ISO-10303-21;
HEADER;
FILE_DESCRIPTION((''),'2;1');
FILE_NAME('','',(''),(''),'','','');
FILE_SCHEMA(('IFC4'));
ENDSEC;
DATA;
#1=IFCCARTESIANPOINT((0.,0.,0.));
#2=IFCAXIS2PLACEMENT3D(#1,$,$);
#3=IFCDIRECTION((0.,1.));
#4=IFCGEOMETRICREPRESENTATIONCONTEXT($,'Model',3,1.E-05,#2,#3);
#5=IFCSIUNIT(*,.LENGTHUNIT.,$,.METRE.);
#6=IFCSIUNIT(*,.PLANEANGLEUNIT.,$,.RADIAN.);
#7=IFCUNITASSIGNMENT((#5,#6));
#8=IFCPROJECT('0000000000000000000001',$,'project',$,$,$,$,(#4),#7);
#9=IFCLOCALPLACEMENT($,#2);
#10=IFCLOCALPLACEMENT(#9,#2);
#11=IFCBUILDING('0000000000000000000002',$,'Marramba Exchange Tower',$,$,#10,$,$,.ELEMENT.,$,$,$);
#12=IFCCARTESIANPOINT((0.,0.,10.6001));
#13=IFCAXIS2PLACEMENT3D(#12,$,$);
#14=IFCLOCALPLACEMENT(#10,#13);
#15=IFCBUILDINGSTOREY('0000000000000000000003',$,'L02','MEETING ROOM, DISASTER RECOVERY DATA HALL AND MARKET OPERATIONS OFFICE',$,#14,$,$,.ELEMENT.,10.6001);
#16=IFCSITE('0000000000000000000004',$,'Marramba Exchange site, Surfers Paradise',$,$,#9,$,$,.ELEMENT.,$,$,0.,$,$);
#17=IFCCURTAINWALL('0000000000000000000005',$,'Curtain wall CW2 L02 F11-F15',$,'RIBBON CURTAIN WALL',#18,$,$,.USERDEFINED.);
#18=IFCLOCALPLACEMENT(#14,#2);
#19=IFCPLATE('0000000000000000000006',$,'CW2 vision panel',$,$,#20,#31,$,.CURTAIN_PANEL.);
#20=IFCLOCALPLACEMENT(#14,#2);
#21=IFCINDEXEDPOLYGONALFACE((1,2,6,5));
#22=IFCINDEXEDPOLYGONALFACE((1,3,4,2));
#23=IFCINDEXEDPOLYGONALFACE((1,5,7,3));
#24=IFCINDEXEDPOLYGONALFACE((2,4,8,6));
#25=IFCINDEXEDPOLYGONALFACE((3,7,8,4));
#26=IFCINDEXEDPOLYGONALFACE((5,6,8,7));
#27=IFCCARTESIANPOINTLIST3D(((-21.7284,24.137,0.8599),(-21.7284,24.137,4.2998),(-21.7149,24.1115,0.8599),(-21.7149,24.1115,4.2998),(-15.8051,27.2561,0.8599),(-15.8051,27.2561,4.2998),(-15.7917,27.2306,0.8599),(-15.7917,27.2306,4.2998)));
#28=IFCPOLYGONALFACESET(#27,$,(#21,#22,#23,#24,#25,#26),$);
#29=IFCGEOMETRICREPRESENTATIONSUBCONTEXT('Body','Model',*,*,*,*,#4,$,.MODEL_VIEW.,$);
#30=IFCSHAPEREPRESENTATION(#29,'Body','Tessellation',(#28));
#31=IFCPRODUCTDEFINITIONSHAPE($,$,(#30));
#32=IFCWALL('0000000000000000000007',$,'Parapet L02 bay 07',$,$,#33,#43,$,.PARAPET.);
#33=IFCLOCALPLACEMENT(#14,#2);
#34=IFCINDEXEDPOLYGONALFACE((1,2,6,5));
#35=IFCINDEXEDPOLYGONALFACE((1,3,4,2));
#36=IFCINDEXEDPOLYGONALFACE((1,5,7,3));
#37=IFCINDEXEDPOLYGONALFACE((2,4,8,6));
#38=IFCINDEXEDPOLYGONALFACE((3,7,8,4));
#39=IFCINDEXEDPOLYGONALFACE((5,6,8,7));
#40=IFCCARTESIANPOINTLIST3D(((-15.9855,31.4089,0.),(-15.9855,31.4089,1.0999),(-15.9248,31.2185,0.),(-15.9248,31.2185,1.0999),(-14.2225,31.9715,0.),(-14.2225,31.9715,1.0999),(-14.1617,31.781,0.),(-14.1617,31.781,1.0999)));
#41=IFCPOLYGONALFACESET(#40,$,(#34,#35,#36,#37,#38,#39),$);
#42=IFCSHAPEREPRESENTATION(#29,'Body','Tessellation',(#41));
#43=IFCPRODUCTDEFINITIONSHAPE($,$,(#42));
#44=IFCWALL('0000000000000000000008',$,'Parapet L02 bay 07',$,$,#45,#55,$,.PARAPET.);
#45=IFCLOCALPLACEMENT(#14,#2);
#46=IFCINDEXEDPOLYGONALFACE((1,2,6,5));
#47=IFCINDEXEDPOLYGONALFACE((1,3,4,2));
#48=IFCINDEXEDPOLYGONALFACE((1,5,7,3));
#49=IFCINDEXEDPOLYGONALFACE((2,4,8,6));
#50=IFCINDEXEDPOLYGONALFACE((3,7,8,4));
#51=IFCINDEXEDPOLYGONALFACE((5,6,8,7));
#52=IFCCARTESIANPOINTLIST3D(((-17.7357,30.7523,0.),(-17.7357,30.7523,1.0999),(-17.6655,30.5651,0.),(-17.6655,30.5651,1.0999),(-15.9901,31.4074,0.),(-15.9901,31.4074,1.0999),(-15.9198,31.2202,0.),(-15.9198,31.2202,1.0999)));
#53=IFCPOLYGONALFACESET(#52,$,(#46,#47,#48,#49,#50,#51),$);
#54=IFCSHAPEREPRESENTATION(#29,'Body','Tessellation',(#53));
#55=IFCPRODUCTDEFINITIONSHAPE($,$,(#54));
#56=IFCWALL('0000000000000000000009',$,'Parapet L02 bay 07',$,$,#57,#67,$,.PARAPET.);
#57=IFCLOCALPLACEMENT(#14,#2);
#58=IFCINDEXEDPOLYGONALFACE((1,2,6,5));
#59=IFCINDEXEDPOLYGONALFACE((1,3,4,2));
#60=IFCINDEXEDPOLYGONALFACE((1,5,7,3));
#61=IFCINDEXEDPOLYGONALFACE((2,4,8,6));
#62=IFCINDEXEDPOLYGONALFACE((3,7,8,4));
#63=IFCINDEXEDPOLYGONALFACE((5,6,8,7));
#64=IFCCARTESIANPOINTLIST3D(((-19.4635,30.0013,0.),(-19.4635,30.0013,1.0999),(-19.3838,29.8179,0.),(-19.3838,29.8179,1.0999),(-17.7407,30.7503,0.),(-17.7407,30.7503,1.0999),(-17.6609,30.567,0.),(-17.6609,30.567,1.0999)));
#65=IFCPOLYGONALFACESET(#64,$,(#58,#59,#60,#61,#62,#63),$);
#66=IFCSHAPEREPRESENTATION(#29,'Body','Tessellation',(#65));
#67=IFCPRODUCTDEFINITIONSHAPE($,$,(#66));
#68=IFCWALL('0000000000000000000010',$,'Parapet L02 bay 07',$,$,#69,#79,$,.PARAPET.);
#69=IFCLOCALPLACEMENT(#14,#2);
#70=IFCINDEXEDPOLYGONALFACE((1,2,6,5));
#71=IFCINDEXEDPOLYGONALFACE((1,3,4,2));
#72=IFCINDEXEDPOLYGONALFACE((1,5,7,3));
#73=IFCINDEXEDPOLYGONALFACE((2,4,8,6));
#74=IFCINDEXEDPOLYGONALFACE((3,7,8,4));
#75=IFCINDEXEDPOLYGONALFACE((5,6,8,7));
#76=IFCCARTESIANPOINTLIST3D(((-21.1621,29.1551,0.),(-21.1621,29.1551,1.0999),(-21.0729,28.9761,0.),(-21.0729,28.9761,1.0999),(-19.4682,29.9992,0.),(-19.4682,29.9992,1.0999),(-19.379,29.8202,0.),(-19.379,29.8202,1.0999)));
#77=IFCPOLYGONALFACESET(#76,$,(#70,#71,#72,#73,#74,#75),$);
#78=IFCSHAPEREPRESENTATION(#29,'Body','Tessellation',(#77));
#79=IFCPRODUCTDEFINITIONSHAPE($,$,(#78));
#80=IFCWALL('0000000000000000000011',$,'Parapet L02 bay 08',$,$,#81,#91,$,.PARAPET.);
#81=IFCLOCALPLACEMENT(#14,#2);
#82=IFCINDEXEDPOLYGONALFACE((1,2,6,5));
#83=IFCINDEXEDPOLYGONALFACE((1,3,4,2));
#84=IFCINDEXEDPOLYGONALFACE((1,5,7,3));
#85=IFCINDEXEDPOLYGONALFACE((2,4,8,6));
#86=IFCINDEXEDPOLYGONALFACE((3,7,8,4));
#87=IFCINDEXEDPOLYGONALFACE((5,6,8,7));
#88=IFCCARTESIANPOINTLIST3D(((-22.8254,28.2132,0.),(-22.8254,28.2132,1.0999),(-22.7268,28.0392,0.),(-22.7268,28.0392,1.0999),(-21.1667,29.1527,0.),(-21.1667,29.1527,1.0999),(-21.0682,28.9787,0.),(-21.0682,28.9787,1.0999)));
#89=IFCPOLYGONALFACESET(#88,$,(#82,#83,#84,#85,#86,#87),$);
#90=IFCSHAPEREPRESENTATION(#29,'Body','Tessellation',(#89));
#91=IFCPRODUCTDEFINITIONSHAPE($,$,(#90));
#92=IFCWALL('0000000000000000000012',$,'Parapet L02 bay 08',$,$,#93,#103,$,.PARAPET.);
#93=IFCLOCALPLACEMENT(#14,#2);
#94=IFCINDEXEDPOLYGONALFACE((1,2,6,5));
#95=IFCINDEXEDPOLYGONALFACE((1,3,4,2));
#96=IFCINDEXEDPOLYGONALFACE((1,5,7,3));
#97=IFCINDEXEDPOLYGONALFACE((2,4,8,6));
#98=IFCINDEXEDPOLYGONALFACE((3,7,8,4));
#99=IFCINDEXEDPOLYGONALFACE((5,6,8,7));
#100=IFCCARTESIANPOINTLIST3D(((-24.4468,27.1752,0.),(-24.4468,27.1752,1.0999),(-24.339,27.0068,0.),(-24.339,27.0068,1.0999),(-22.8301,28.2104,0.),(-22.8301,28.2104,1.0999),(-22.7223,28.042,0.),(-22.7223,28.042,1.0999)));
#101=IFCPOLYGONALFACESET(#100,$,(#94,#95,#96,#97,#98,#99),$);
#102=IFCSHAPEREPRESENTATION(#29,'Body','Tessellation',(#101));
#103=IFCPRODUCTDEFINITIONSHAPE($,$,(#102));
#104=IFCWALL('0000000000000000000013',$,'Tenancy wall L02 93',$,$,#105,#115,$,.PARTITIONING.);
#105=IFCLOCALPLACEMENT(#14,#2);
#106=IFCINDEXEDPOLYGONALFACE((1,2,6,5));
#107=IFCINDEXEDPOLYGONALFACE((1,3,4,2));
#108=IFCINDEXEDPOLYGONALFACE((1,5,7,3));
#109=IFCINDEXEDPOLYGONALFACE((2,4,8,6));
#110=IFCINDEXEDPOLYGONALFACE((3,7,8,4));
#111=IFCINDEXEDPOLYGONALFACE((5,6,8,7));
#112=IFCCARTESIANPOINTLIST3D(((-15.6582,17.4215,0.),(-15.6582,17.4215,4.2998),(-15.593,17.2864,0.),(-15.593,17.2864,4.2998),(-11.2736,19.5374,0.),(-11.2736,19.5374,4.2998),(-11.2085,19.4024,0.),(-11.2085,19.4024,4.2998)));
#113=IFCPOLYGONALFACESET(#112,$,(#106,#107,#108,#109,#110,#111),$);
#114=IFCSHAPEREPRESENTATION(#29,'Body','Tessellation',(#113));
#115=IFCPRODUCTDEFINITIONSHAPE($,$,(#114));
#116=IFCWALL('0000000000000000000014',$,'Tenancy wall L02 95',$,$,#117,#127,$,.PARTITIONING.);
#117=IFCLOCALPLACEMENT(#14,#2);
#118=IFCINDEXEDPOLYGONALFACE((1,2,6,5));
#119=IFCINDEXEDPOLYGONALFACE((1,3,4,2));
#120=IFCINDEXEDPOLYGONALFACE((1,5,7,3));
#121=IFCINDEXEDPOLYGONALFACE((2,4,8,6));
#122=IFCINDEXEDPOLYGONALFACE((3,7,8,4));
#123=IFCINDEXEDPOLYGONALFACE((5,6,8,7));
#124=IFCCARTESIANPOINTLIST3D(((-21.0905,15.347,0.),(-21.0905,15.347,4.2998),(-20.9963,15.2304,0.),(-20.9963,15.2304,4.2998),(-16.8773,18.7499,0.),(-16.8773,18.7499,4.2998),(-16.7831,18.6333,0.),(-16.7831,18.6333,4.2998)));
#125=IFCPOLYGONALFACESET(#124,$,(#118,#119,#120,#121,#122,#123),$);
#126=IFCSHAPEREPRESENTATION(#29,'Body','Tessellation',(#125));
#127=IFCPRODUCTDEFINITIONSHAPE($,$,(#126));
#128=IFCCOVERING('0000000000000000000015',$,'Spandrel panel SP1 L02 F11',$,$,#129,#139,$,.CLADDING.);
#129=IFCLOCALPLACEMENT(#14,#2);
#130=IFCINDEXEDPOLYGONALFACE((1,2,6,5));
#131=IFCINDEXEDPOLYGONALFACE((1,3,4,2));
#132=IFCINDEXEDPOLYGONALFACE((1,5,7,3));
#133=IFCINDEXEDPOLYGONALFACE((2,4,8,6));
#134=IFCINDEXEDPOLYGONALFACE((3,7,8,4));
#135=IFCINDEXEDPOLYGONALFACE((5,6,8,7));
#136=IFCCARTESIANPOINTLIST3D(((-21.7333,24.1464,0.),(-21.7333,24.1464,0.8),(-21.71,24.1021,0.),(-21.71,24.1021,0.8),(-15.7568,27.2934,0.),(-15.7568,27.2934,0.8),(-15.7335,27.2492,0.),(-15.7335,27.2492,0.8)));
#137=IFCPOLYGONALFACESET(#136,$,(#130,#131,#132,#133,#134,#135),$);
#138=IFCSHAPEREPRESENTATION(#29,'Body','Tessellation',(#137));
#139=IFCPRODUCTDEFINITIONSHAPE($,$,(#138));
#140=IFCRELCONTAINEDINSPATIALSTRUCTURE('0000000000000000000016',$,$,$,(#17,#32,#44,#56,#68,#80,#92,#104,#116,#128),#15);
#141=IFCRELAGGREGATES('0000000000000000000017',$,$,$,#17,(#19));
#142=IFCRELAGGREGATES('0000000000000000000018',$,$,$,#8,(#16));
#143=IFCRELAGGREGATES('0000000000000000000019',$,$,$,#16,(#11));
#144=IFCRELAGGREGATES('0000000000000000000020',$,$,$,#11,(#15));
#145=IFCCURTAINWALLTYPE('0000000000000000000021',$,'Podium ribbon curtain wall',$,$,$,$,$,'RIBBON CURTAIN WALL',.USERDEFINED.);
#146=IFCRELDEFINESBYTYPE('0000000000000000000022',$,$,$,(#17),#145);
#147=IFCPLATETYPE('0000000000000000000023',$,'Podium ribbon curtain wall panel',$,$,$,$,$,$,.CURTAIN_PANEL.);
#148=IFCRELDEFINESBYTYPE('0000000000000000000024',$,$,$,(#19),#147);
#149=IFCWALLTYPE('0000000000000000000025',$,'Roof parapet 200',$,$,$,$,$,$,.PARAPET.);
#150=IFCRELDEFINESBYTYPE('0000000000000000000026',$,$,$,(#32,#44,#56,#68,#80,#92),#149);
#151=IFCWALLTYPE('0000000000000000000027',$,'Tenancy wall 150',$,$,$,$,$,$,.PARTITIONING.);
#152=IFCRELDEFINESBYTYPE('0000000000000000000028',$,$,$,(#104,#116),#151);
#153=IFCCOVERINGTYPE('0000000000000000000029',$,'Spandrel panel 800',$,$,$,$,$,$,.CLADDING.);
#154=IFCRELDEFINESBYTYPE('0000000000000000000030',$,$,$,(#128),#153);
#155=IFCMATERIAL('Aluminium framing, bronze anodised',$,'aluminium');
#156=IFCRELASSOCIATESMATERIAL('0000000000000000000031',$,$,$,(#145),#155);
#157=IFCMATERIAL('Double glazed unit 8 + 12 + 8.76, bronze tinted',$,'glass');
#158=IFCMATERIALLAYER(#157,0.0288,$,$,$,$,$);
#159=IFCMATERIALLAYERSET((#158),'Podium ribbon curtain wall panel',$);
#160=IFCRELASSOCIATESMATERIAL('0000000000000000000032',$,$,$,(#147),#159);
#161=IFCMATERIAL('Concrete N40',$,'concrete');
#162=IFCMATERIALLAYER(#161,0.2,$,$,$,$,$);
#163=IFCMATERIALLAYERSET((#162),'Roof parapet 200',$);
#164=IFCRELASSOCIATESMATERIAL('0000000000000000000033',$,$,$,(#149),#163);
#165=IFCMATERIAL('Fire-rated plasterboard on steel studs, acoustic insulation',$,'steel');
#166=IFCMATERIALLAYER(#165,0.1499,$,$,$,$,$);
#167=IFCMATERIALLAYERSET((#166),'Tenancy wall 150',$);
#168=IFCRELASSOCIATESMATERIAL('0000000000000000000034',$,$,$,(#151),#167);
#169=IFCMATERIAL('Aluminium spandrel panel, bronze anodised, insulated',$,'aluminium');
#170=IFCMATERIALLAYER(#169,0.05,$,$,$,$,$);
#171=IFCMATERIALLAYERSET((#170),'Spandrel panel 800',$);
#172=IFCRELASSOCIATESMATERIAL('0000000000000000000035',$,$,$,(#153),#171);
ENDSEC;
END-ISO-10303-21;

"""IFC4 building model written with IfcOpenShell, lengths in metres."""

from ifc_helpers import new_model, si_unit, direction, frame, frame_2d, origin, origin_2d, place, context, subcontext, project, spatial, rectangle, extrude, material, layer, layer_set, type_object, element, aggregate, save


model = new_model("IFC4")

# Units and contexts
model_context = context("Model", 3, precision=1e-05, world=origin(), true_north=direction((0.0, 1.0)))
body_context = subcontext(model_context, "Body", "Model", "MODEL_VIEW")
ifc_project = project(units=[si_unit("LENGTHUNIT", "METRE"), si_unit("PLANEANGLEUNIT", "RADIAN")], contexts=[model_context])

# Site, building, storey
site_placement = place(None, origin())
site = spatial("IfcSite", under=ifc_project, at=site_placement, Name="Marramba Exchange site, Surfers Paradise", CompositionType="ELEMENT", RefElevation=0.0)
building_placement = place(site_placement, origin())
building = spatial("IfcBuilding", under=site, at=building_placement, Name="Marramba Exchange Tower", CompositionType="ELEMENT")
storey_placement = place(building_placement, frame((0.0, 0.0, 10.6001)))
storey = spatial("IfcBuildingStorey", under=building, at=storey_placement, Name="L02", Description="MEETING ROOM, DISASTER RECOVERY DATA HALL AND MARKET OPERATIONS OFFICE", CompositionType="ELEMENT", Elevation=10.6001)

# Curtain wall
ifc_material_1 = material(Name="Aluminium framing, bronze anodised", Category="aluminium")
curtain_wall_type = type_object("IfcCurtainWallType", Name="Podium ribbon curtain wall", ElementType="RIBBON CURTAIN WALL", PredefinedType="USERDEFINED", material=ifc_material_1)
curtain_wall_placement = place(storey_placement, origin())
curtain_wall = element("IfcCurtainWall", 1, at=curtain_wall_placement, inside=storey, type_object=curtain_wall_type, Name="Curtain wall CW2 L02 F11-F15", ObjectType="RIBBON CURTAIN WALL", PredefinedType="USERDEFINED")

# Plate
ifc_material_2 = material(Name="Double glazed unit 8 + 12 + 8.76, bronze tinted", Category="glass")
ifc_layer_1 = layer(ifc_material_2, 0.0288)
ifc_layer_set_1 = layer_set([ifc_layer_1], Name="Podium ribbon curtain wall panel")
plate_type = type_object("IfcPlateType", Name="Podium ribbon curtain wall panel", PredefinedType="CURTAIN_PANEL", material=ifc_layer_set_1)
plate_placement = place(storey_placement, frame((-18.76, 25.6838, 0.8599), z_axis=(0.0, 0.0, 1.0), x_axis=(-0.884821, -0.46593, 0.0)))
plate = element("IfcPlate", 2, at=plate_placement, type_object=plate_type, Name="CW2 vision panel", PredefinedType="CURTAIN_PANEL", context=body_context, shape_type="SweptSolid", body=[
    extrude(rectangle(XDim=6.6943, YDim=0.0288, at=origin_2d()), origin(), (0.0, 0.0, 1.0), 3.4399),
])
aggregate(curtain_wall, [plate])

# Walls
ifc_material_3 = material(Name="Concrete N40", Category="concrete")
ifc_layer_2 = layer(ifc_material_3, 0.2)
ifc_layer_set_2 = layer_set([ifc_layer_2], Name="Roof parapet 200")
wall_type_1 = type_object("IfcWallType", Name="Roof parapet 200", PredefinedType="PARAPET", material=ifc_layer_set_2)
wall_1_placement = place(storey_placement, frame((-14.1921, 31.8762, 0.0), z_axis=(0.0, 0.0, 1.0), x_axis=(-0.952681, -0.303971, 0.0)))
element("IfcWall", 3, at=wall_1_placement, inside=storey, type_object=wall_type_1, Name="Parapet L02 bay 07", PredefinedType="PARAPET", context=body_context, shape_type="SweptSolid", body=[
    extrude(rectangle(XDim=1.8506, YDim=0.2, at=frame_2d((0.9253, 0.0))), origin(), (0.0, 0.0, 1.0), 1.0999),
])
wall_2_placement = place(storey_placement, frame((-15.9551, 31.3137, 0.0), z_axis=(0.0, 0.0, 1.0), x_axis=(-0.936254, -0.351324, 0.0)))
element("IfcWall", 4, at=wall_2_placement, inside=storey, type_object=wall_type_1, Name="Parapet L02 bay 07", PredefinedType="PARAPET", context=body_context, shape_type="SweptSolid", body=[
    extrude(rectangle(XDim=1.8645, YDim=0.2, at=frame_2d((0.9321, 0.0))), origin(), (0.0, 0.0, 1.0), 1.0999),
])
wall_3_placement = place(storey_placement, frame((-17.7007, 30.6587, 0.0), z_axis=(0.0, 0.0, 1.0), x_axis=(-0.917082, -0.398698, 0.0)))
element("IfcWall", 5, at=wall_3_placement, inside=storey, type_object=wall_type_1, Name="Parapet L02 bay 07", PredefinedType="PARAPET", context=body_context, shape_type="SweptSolid", body=[
    extrude(rectangle(XDim=1.8787, YDim=0.2, at=frame_2d((0.9395, 0.0))), origin(), (0.0, 0.0, 1.0), 1.0999),
])
wall_4_placement = place(storey_placement, frame((-19.4236, 29.9097, 0.0), z_axis=(0.0, 0.0, 1.0), x_axis=(-0.895046, -0.445975, 0.0)))
element("IfcWall", 6, at=wall_4_placement, inside=storey, type_object=wall_type_1, Name="Parapet L02 bay 07", PredefinedType="PARAPET", context=body_context, shape_type="SweptSolid", body=[
    extrude(rectangle(XDim=1.8926, YDim=0.2, at=frame_2d((0.9463, 0.0))), origin(), (0.0, 0.0, 1.0), 1.0999),
])
wall_5_placement = place(storey_placement, frame((-21.1174, 29.0657, 0.0), z_axis=(0.0, 0.0, 1.0), x_axis=(-0.870128, -0.492825, 0.0)))
element("IfcWall", 7, at=wall_5_placement, inside=storey, type_object=wall_type_1, Name="Parapet L02 bay 08", PredefinedType="PARAPET", context=body_context, shape_type="SweptSolid", body=[
    extrude(rectangle(XDim=1.9062, YDim=0.2, at=frame_2d((0.9531, 0.0))), origin(), (0.0, 0.0, 1.0), 1.0999),
])
wall_6_placement = place(storey_placement, frame((-22.7761, 28.1262, 0.0), z_axis=(0.0, 0.0, 1.0), x_axis=(-0.842161, -0.539227, 0.0)))
element("IfcWall", 8, at=wall_6_placement, inside=storey, type_object=wall_type_1, Name="Parapet L02 bay 08", PredefinedType="PARAPET", context=body_context, shape_type="SweptSolid", body=[
    extrude(rectangle(XDim=1.9197, YDim=0.2, at=frame_2d((0.96, 0.0))), origin(), (0.0, 0.0, 1.0), 1.0999),
])
ifc_material_4 = material(Name="Fire-rated plasterboard on steel studs, acoustic insulation", Category="steel")
ifc_layer_3 = layer(ifc_material_4, 0.1499)
ifc_layer_set_3 = layer_set([ifc_layer_3], Name="Tenancy wall 150")
wall_type_2 = type_object("IfcWallType", Name="Tenancy wall 150", PredefinedType="PARTITIONING", material=ifc_layer_set_3)
wall_7_placement = place(storey_placement, frame((-15.6255, 17.354, 0.0), z_axis=(0.0, 0.0, 1.0), x_axis=(0.900608, 0.434633, 0.0)))
element("IfcWall", 9, at=wall_7_placement, inside=storey, type_object=wall_type_2, Name="Tenancy wall L02 93", PredefinedType="PARTITIONING", context=body_context, shape_type="SweptSolid", body=[
    extrude(rectangle(XDim=4.8684, YDim=0.1499, at=frame_2d((2.4341, 0.0))), origin(), (0.0, 0.0, 1.0), 4.2998),
])
wall_8_placement = place(storey_placement, frame((-16.8301, 18.6917, 0.0), z_axis=(0.0, 0.0, 1.0), x_axis=(-0.777949, -0.628328, 0.0)))
element("IfcWall", 10, at=wall_8_placement, inside=storey, type_object=wall_type_2, Name="Tenancy wall L02 95", PredefinedType="PARTITIONING", context=body_context, shape_type="SweptSolid", body=[
    extrude(rectangle(XDim=5.4158, YDim=0.1499, at=frame_2d((2.708, 0.0))), origin(), (0.0, 0.0, 1.0), 4.2998),
])

# Covering
ifc_material_5 = material(Name="Aluminium spandrel panel, bronze anodised, insulated", Category="aluminium")
ifc_layer_4 = layer(ifc_material_5, 0.05)
ifc_layer_set_4 = layer_set([ifc_layer_4], Name="Spandrel panel 800")
covering_type = type_object("IfcCoveringType", Name="Spandrel panel 800", PredefinedType="CLADDING", material=ifc_layer_set_4)
covering_placement = place(storey_placement, frame((-18.7334, 25.6978, 0.0), z_axis=(0.0, 0.0, 1.0), x_axis=(-0.884821, -0.46593, 0.0)))
element("IfcCovering", 11, at=covering_placement, inside=storey, type_object=covering_type, Name="Spandrel panel SP1 L02 F11", PredefinedType="CLADDING", context=body_context, shape_type="SweptSolid", body=[
    extrude(rectangle(XDim=6.7544, YDim=0.05, at=origin_2d()), origin(), (0.0, 0.0, 1.0), 0.8),
])

save(model, "model.ifc")
